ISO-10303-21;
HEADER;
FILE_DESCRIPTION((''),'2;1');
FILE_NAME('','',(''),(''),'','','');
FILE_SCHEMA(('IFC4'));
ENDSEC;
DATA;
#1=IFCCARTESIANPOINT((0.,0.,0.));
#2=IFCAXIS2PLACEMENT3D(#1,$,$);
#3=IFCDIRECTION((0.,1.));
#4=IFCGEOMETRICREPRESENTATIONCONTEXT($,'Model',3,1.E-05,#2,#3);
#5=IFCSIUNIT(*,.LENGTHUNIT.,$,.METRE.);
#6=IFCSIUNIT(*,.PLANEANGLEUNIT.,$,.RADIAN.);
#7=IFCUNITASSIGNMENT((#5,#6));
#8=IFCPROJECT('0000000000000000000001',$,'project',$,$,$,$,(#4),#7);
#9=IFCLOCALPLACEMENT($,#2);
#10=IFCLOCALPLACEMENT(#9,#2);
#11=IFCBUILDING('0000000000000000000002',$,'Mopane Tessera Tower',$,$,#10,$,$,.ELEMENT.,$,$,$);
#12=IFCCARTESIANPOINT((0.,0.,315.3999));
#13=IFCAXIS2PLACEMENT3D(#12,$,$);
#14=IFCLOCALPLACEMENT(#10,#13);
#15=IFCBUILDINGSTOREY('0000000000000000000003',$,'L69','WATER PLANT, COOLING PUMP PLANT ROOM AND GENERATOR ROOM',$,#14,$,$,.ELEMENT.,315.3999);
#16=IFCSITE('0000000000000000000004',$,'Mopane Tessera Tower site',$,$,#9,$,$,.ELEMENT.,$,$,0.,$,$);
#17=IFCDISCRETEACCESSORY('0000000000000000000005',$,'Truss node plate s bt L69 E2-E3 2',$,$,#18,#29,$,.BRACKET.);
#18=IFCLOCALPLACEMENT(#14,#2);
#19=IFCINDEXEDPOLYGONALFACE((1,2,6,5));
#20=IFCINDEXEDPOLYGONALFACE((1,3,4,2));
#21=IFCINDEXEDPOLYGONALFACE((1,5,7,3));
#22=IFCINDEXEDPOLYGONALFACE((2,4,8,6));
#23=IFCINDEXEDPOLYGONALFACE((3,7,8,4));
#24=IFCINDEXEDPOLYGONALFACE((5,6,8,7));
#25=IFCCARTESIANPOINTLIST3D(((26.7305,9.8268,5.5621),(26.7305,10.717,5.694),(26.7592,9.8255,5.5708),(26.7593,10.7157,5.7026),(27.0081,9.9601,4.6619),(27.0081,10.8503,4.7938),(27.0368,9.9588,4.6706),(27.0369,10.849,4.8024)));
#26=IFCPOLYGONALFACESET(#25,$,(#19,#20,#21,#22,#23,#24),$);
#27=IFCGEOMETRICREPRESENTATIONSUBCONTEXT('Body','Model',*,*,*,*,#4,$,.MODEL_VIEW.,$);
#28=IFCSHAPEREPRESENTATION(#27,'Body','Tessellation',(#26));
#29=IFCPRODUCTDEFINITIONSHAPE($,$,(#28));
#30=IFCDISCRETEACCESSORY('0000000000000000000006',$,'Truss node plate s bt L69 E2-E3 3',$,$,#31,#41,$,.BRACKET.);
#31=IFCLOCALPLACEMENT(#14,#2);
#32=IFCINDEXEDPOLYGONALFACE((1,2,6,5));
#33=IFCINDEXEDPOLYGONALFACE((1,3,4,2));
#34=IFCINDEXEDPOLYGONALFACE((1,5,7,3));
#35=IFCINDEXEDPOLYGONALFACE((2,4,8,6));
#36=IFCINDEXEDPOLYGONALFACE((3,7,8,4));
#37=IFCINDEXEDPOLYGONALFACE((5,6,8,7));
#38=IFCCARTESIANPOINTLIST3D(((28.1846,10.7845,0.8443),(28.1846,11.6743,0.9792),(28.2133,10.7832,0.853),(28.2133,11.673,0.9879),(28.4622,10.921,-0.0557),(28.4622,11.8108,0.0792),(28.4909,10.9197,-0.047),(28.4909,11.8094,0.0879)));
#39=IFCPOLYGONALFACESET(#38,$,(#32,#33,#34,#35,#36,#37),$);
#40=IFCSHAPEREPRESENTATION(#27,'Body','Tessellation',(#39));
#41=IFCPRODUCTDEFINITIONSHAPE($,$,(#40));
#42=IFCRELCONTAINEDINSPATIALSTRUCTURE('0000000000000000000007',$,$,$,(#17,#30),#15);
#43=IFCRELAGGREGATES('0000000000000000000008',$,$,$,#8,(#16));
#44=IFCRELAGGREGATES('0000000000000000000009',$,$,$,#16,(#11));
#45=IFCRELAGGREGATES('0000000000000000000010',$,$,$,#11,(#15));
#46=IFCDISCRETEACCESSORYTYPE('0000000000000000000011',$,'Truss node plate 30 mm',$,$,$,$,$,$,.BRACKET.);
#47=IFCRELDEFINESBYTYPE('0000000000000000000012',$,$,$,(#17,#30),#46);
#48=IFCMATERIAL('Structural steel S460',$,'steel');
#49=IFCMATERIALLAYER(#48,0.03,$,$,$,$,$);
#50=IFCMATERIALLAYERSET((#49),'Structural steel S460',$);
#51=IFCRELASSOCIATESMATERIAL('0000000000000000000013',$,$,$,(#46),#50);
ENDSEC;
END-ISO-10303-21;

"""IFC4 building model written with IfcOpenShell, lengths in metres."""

from ifc_helpers import new_model, si_unit, direction, frame, origin, origin_2d, place, context, subcontext, project, spatial, rectangle, extrude, material, layer, layer_set, type_object, element, save


model = new_model("IFC4")

# Units and contexts
model_context = context("Model", 3, precision=1e-05, world=origin(), true_north=direction((0.0, 1.0)))
body_context = subcontext(model_context, "Body", "Model", "MODEL_VIEW")
ifc_project = project(units=[si_unit("LENGTHUNIT", "METRE"), si_unit("PLANEANGLEUNIT", "RADIAN")], contexts=[model_context])

# Site, building, storey
site_placement = place(None, origin())
site = spatial("IfcSite", under=ifc_project, at=site_placement, Name="Mopane Tessera Tower site", CompositionType="ELEMENT", RefElevation=0.0)
building_placement = place(site_placement, origin())
building = spatial("IfcBuilding", under=site, at=building_placement, Name="Mopane Tessera Tower", CompositionType="ELEMENT")
storey_placement = place(building_placement, frame((0.0, 0.0, 315.3999)))
storey = spatial("IfcBuildingStorey", under=building, at=storey_placement, Name="L69", Description="WATER PLANT, COOLING PUMP PLANT ROOM AND GENERATOR ROOM", CompositionType="ELEMENT", Elevation=315.3999)

# Discrete accessories
ifc_material_1 = material(Name="Structural steel S460", Category="steel")
ifc_layer_1 = layer(ifc_material_1, 0.03)
ifc_layer_set_1 = layer_set([ifc_layer_1], Name="Structural steel S460")
discrete_accessory_type_1 = type_object("IfcDiscreteAccessoryType", Name="Truss node plate 30 mm", PredefinedType="BRACKET", material=ifc_layer_set_1)
discrete_accessory_1_placement = place(storey_placement, frame((27.0225, 10.4045, 4.7322), z_axis=(-0.29178, -0.140116, 0.946167), x_axis=(-0.956486, 0.042826, -0.28862)))
element("IfcDiscreteAccessory", 1, at=discrete_accessory_1_placement, inside=storey, type_object=discrete_accessory_type_1, Name="Truss node plate s bt L69 E2-E3 2", PredefinedType="BRACKET", context=body_context, shape_type="SweptSolid", body=[
    extrude(rectangle(XDim=0.03, YDim=0.8999, at=origin_2d()), origin(), (0.0, 0.0, 1.0), 0.9514),
])
discrete_accessory_2_placement = place(storey_placement, frame((28.4766, 11.3652, 0.0161), z_axis=(-0.291713, -0.143419, 0.945693), x_axis=(-0.956506, 0.04374, -0.288415)))
element("IfcDiscreteAccessory", 2, at=discrete_accessory_2_placement, inside=storey, type_object=discrete_accessory_type_1, Name="Truss node plate s bt L69 E2-E3 3", PredefinedType="BRACKET", context=body_context, shape_type="SweptSolid", body=[
    extrude(rectangle(XDim=0.03, YDim=0.8999, at=origin_2d()), origin(), (0.0, 0.0, 1.0), 0.9517),
])

save(model, "model.ifc")
